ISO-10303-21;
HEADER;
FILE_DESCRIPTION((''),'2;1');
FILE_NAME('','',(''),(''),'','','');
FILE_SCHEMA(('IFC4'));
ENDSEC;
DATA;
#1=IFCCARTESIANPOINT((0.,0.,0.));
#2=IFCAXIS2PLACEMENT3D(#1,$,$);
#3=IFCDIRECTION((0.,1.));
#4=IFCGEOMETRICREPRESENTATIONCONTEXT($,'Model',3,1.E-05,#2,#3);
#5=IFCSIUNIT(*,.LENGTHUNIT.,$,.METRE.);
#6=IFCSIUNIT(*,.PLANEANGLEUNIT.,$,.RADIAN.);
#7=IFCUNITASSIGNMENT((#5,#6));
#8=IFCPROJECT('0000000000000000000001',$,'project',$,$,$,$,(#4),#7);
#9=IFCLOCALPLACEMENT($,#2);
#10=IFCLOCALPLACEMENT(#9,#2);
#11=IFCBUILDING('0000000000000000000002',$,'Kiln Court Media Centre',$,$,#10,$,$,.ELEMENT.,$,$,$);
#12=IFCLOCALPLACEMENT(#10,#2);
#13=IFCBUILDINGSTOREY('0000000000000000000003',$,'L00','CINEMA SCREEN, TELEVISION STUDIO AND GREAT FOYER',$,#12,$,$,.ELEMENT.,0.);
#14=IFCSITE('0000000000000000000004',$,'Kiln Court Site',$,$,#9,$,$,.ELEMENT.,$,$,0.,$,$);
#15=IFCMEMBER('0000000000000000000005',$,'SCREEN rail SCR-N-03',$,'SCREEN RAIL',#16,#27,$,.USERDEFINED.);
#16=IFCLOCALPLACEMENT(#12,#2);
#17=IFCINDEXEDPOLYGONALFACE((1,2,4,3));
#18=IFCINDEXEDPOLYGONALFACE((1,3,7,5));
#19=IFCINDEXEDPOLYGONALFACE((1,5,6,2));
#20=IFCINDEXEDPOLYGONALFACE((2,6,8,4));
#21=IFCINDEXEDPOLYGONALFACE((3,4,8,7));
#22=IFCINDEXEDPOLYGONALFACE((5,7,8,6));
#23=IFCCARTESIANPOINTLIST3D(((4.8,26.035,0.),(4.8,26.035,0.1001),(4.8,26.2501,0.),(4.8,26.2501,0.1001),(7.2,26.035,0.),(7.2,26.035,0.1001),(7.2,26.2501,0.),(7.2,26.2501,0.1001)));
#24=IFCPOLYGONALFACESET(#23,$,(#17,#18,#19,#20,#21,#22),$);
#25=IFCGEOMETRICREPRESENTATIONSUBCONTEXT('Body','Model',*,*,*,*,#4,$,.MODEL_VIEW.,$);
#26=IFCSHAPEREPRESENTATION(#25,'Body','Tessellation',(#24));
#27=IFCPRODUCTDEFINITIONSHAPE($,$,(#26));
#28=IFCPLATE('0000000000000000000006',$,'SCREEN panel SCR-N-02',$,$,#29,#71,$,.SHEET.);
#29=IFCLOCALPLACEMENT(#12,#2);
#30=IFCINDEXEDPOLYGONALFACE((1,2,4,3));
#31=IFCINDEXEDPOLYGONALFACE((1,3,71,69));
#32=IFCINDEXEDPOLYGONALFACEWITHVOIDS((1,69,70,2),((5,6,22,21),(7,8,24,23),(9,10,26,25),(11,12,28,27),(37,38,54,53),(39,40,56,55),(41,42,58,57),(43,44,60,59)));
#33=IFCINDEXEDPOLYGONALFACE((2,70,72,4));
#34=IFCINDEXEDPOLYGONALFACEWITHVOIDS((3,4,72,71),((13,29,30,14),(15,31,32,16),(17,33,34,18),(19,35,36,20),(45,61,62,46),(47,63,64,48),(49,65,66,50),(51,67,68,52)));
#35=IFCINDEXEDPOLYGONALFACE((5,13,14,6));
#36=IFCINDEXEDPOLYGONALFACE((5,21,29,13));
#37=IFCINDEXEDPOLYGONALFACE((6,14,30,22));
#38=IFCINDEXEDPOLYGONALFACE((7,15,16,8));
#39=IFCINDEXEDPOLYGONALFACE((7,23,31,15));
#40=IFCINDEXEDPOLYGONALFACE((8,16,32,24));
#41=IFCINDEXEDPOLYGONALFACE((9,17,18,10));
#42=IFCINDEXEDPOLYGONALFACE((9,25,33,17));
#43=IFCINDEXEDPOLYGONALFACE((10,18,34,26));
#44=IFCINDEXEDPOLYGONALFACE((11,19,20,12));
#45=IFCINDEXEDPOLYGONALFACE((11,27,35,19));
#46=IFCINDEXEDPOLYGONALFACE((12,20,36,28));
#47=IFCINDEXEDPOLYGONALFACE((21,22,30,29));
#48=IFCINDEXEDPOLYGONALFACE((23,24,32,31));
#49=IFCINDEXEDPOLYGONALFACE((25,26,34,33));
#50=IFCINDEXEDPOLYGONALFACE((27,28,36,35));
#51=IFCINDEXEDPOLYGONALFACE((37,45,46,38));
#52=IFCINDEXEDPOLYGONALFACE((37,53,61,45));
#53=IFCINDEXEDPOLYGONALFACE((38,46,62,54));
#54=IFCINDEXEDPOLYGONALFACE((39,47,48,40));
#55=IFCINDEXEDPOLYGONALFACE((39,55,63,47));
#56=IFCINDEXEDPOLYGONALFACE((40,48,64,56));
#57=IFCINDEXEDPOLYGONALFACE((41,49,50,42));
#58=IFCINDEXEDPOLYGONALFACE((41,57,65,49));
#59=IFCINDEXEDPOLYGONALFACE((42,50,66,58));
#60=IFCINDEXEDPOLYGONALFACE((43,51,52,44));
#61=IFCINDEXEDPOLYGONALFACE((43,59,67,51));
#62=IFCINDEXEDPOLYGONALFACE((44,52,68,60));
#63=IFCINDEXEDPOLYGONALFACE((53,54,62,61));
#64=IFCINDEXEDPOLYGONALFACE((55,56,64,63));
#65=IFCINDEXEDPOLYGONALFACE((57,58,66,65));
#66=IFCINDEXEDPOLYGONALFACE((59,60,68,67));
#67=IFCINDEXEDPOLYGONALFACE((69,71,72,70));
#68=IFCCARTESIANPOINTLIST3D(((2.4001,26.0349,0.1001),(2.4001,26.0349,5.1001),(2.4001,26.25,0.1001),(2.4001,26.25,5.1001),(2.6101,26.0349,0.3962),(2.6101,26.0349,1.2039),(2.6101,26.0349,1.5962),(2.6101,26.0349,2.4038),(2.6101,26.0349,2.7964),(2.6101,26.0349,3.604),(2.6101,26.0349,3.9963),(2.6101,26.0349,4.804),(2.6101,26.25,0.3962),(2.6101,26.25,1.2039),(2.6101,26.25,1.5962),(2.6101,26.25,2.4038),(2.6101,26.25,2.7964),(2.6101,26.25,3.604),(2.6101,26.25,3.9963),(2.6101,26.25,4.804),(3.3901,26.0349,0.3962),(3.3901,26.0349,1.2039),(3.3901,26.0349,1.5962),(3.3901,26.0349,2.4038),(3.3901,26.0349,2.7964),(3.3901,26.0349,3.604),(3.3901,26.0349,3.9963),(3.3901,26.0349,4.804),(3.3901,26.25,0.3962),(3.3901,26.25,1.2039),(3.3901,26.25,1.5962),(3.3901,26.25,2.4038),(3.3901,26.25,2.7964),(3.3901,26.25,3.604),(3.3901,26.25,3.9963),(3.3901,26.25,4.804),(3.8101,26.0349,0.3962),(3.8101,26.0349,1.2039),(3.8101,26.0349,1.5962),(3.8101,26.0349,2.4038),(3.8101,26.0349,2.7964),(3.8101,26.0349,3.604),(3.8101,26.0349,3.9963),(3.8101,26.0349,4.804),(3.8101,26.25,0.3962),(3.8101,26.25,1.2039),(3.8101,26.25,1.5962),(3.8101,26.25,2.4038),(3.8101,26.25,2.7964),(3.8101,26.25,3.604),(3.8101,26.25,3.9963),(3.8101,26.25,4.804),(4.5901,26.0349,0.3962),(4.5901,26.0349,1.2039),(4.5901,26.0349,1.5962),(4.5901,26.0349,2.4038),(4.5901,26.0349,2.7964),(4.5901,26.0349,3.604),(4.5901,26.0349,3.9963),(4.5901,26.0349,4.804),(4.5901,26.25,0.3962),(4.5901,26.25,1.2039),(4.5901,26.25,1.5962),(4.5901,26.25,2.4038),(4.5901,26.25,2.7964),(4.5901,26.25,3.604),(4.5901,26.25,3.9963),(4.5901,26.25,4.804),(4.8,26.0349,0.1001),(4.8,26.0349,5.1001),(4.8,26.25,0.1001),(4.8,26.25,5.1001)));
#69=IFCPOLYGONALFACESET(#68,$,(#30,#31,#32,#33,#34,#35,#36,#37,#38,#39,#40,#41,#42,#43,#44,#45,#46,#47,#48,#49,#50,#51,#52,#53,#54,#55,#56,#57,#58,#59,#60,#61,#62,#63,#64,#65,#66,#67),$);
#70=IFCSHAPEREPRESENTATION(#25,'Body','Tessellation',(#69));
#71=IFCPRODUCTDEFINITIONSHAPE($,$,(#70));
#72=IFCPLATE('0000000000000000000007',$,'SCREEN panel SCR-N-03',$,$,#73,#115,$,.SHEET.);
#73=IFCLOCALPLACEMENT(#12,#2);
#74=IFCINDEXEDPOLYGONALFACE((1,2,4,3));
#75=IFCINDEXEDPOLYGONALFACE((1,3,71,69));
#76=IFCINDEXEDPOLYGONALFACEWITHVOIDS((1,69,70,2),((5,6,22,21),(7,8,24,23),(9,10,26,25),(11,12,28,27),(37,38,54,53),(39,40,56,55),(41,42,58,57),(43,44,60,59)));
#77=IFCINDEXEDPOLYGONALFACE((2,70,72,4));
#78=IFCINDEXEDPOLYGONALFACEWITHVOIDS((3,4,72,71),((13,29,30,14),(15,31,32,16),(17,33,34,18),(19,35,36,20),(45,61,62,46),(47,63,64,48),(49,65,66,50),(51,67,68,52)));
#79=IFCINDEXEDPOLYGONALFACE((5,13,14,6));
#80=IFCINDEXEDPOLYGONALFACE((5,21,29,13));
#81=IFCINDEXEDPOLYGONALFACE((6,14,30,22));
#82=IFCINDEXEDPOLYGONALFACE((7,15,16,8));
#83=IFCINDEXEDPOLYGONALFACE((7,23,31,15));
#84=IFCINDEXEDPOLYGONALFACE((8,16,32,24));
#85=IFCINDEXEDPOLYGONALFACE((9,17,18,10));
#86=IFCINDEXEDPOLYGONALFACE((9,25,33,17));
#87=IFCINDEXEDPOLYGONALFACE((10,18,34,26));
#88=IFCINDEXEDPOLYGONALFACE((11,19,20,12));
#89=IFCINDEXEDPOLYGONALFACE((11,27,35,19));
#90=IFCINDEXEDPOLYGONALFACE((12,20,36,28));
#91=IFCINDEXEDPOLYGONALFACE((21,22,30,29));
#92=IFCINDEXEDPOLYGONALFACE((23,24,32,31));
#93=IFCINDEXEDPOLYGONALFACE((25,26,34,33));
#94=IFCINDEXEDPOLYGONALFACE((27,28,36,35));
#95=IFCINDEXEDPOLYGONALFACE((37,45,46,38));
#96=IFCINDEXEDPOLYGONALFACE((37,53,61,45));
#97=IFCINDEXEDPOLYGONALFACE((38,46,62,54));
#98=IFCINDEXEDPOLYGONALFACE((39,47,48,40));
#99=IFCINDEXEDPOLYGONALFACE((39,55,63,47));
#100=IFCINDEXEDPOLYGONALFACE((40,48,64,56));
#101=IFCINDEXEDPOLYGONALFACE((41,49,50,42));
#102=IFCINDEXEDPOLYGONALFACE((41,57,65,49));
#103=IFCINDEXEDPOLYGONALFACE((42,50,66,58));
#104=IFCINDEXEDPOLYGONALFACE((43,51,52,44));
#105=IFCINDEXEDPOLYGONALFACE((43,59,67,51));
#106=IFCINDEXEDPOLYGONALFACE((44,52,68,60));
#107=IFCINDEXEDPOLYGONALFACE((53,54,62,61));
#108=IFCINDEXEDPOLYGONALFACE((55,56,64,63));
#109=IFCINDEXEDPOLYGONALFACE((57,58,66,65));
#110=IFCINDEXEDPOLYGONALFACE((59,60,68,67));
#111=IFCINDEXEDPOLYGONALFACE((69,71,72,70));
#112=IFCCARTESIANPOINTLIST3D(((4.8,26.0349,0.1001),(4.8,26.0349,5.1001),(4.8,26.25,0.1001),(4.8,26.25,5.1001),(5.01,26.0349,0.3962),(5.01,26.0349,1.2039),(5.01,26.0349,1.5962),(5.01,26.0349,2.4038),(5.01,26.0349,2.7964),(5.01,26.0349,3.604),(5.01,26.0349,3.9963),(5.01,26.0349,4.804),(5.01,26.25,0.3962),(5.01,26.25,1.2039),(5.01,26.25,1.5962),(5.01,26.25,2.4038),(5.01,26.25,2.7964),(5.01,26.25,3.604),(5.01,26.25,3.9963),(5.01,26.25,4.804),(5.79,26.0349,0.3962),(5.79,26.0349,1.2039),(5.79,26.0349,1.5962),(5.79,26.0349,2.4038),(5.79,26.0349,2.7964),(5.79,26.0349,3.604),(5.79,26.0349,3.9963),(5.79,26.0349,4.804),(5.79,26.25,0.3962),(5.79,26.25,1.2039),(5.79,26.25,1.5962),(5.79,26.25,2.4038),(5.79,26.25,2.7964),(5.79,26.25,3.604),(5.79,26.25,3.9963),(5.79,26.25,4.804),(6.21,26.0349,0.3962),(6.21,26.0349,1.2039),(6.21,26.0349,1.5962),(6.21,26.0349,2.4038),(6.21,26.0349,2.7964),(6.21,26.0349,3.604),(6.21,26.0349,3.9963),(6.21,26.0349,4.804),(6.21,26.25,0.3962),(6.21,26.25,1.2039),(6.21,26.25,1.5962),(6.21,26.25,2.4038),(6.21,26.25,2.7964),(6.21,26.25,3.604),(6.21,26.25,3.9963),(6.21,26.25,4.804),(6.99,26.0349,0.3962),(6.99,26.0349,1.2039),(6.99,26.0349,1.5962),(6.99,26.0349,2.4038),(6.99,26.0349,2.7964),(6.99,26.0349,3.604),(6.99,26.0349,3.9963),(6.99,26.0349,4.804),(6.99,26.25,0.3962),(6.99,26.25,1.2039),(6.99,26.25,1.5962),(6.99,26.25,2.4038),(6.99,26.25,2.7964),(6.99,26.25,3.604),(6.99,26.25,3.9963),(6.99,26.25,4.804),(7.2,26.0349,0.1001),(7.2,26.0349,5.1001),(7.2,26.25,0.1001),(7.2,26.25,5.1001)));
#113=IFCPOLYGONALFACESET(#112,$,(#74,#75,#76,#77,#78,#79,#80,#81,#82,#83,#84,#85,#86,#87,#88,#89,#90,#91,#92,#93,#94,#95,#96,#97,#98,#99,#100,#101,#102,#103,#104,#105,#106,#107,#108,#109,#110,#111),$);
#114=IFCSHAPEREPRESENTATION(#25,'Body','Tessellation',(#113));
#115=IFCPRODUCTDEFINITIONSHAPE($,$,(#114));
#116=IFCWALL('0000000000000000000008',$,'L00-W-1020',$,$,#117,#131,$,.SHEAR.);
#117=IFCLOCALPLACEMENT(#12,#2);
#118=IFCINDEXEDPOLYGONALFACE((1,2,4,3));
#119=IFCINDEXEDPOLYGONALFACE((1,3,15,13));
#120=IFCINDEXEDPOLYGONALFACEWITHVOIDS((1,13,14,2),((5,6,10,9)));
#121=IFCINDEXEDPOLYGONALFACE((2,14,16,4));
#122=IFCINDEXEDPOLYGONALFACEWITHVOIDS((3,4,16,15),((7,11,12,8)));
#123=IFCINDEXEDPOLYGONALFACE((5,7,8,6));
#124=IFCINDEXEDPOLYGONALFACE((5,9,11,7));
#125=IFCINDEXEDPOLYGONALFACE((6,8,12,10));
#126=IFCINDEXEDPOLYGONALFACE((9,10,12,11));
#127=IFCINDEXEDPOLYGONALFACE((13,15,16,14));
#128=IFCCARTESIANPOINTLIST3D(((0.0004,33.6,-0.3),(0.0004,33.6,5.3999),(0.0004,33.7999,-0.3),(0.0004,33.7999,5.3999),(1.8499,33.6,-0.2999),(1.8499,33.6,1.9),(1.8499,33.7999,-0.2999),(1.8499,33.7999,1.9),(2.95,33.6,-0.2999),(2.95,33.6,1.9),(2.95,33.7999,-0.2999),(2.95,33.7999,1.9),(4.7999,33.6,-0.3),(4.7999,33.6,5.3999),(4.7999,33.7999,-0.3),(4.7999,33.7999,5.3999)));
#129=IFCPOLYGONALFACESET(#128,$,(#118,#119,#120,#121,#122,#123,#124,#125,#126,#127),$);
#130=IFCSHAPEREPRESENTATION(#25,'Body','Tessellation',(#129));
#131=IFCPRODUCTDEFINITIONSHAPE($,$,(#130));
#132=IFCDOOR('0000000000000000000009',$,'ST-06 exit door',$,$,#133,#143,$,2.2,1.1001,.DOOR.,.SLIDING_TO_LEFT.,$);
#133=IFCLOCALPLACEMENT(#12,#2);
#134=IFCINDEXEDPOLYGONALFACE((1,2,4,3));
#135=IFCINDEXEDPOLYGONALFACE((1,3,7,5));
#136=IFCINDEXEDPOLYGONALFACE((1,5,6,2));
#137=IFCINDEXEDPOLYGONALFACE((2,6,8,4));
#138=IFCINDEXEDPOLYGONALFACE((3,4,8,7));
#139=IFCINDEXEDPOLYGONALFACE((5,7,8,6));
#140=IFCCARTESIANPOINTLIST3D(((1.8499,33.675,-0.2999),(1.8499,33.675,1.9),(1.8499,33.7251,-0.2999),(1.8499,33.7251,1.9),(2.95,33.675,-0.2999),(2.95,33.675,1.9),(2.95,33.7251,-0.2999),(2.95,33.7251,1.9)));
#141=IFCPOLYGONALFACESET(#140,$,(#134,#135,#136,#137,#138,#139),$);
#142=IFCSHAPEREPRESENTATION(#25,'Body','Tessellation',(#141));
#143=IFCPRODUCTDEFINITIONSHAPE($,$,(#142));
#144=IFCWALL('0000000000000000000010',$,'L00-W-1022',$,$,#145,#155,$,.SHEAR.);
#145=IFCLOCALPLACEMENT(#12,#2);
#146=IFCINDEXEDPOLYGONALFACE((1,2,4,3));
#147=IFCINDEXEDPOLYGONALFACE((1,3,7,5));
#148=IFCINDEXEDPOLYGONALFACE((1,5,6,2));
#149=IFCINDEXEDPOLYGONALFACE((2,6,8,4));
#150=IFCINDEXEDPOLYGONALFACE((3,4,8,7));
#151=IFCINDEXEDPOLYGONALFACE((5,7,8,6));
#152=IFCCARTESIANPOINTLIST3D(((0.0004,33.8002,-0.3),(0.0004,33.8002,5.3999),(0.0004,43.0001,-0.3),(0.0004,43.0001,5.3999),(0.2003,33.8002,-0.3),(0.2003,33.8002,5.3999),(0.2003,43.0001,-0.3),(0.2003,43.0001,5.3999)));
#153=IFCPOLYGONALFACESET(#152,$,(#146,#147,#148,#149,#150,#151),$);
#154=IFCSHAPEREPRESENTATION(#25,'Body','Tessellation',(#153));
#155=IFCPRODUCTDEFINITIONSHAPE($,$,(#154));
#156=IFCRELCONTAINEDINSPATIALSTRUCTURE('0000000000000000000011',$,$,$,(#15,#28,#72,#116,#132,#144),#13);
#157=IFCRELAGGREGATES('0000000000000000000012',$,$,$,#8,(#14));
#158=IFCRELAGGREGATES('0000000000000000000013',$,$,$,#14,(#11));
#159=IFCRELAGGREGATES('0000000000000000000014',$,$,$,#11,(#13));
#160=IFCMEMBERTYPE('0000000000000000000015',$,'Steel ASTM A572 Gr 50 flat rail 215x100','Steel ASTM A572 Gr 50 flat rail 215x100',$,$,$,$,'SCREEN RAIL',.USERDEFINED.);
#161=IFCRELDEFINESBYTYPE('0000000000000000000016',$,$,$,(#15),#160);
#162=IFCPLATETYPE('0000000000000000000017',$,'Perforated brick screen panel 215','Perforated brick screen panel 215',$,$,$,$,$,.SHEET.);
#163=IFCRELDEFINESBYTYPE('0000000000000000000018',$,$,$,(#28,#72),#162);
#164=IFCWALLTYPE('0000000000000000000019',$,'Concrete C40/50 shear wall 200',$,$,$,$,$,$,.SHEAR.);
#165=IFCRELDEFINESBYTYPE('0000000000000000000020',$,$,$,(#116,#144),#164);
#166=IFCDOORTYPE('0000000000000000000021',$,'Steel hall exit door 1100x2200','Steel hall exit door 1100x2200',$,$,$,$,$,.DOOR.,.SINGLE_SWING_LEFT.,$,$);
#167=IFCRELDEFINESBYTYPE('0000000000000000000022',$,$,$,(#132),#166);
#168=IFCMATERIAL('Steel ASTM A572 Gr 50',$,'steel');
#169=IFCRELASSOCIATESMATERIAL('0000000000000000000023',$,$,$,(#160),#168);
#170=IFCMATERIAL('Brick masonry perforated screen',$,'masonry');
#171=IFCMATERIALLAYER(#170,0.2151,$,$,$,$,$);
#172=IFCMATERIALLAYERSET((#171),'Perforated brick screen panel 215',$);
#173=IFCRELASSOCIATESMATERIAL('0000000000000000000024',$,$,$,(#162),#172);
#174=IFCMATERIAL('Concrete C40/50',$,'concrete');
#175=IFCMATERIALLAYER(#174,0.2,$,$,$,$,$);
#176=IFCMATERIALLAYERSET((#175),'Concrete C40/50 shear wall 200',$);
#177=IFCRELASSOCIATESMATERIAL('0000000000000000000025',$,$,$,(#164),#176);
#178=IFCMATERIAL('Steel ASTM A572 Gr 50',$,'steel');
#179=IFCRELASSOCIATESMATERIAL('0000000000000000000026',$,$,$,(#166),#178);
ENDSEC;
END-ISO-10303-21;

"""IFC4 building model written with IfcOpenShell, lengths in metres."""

from ifc_helpers import new_model, si_unit, direction, frame, frame_2d, origin, origin_2d, place, context, subcontext, project, spatial, polyline, rectangle, outline, extrude, material, layer, layer_set, material_profile, profile_set, type_object, element, fill, save


model = new_model("IFC4")

# Units and contexts
model_context = context("Model", 3, precision=1e-05, world=origin(), true_north=direction((0.0, 1.0)))
body_context = subcontext(model_context, "Body", "Model", "MODEL_VIEW")
ifc_project = project(units=[si_unit("LENGTHUNIT", "METRE"), si_unit("PLANEANGLEUNIT", "RADIAN")], contexts=[model_context])

# Site, building, storey
site_placement = place(None, origin())
site = spatial("IfcSite", under=ifc_project, at=site_placement, Name="Kiln Court Site", CompositionType="ELEMENT", RefElevation=0.0)
building_placement = place(site_placement, origin())
building = spatial("IfcBuilding", under=site, at=building_placement, Name="Kiln Court Media Centre", CompositionType="ELEMENT")
storey_placement = place(building_placement, origin())
storey = spatial("IfcBuildingStorey", under=building, at=storey_placement, Name="L00", Description="CINEMA SCREEN, TELEVISION STUDIO AND GREAT FOYER", CompositionType="ELEMENT", Elevation=0.0)

# Member
ifc_material_1 = material(Name="Steel ASTM A572 Gr 50", Category="steel")
ifc_material_profile_1 = material_profile(ifc_material_1, rectangle(XDim=0.2151, YDim=0.1001, at=origin_2d()), Name="Steel ASTM A572 Gr 50 flat rail 215x100")
ifc_profile_set_1 = profile_set([ifc_material_profile_1], Name="Steel ASTM A572 Gr 50")
member_type = type_object("IfcMemberType", Name="Steel ASTM A572 Gr 50 flat rail 215x100", Description="Steel ASTM A572 Gr 50 flat rail 215x100", ElementType="SCREEN RAIL", PredefinedType="USERDEFINED", material=ifc_profile_set_1)
member_1_placement = place(storey_placement, frame((4.8, 26.1426, 0.05), z_axis=(1.0, 0.0, 0.0), x_axis=(0.0, 1.0, 0.0)))
element("IfcMember", 1, at=member_1_placement, inside=storey, type_object=member_type, Name="SCREEN rail SCR-N-03", ObjectType="SCREEN RAIL", PredefinedType="USERDEFINED", context=body_context, shape_type="SweptSolid", body=[
    extrude(rectangle(XDim=0.2151, YDim=0.1001, at=origin_2d()), origin(), (0.0, 0.0, 1.0), 2.3999),
])

# Plates
ifc_material_2 = material(Name="Brick masonry perforated screen", Category="masonry")
ifc_layer_1 = layer(ifc_material_2, 0.2151)
ifc_layer_set_1 = layer_set([ifc_layer_1], Name="Perforated brick screen panel 215")
plate_type = type_object("IfcPlateType", Name="Perforated brick screen panel 215", Description="Perforated brick screen panel 215", PredefinedType="SHEET", material=ifc_layer_set_1)
for number, where, z_axis, x_axis, name in (
    (2, (3.6001, 26.25, 0.1001), (0.0, -1.0, 0.0), (1.0, 0.0, 0.0), "SCREEN panel SCR-N-02"),
    (3, (6.0, 26.25, 0.1001), (0.0, -1.0, 0.0), (1.0, 0.0, 0.0), "SCREEN panel SCR-N-03"),
):
    element("IfcPlate", number, at=place(storey_placement, frame(where, z_axis=z_axis, x_axis=x_axis)), inside=storey, type_object=plate_type, Name=name, PredefinedType="SHEET", context=body_context, shape_type="SweptSolid", body=[
        extrude(outline(polyline([(-1.2, 0.0), (1.2, 0.0), (1.2, 5.0), (-1.2, 5.0), (-1.2, 0.0)]), holes=[polyline([(-0.99, 0.2961), (-0.21, 0.2961), (-0.21, 1.1038), (-0.99, 1.1038), (-0.99, 0.2961)]), polyline([(-0.99, 1.4961), (-0.21, 1.4961), (-0.21, 2.3037), (-0.99, 2.3037), (-0.99, 1.4961)]), polyline([(-0.99, 2.6963), (-0.21, 2.6963), (-0.21, 3.5039), (-0.99, 3.5039), (-0.99, 2.6963)]), polyline([(-0.99, 3.8962), (-0.21, 3.8962), (-0.21, 4.7039), (-0.99, 4.7039), (-0.99, 3.8962)]), polyline([(0.21, 0.2961), (0.99, 0.2961), (0.99, 1.1038), (0.21, 1.1038), (0.21, 0.2961)]), polyline([(0.21, 1.4961), (0.99, 1.4961), (0.99, 2.3037), (0.21, 2.3037), (0.21, 1.4961)]), polyline([(0.21, 2.6963), (0.99, 2.6963), (0.99, 3.5039), (0.21, 3.5039), (0.21, 2.6963)]), polyline([(0.21, 3.8962), (0.99, 3.8962), (0.99, 4.7039), (0.21, 4.7039), (0.21, 3.8962)])]), origin(), (0.0, 0.0, 1.0), 0.2151),
    ])

# Wall, opening, door
ifc_material_3 = material(Name="Concrete C40/50", Category="concrete")
ifc_layer_2 = layer(ifc_material_3, 0.2)
ifc_layer_set_2 = layer_set([ifc_layer_2], Name="Concrete C40/50 shear wall 200")
wall_type = type_object("IfcWallType", Name="Concrete C40/50 shear wall 200", PredefinedType="SHEAR", material=ifc_layer_set_2)
wall_1_placement = place(storey_placement, frame((4.8, 33.7, -0.3), z_axis=(0.0, 0.0, 1.0), x_axis=(-1.0, 0.0, 0.0)))
wall_1 = element("IfcWall", 4, at=wall_1_placement, inside=storey, type_object=wall_type, Name="L00-W-1020", PredefinedType="SHEAR", context=body_context, shape_type="SweptSolid", body=[
    extrude(rectangle(XDim=4.7996, YDim=0.2, at=frame_2d((2.3999, 0.0))), origin(), (0.0, 0.0, 1.0), 5.7),
])
opening_placement = place(wall_1_placement, frame((1.8501, 0.0, 0.0)))
opening = element("IfcOpeningElement", 5, at=opening_placement, cuts=wall_1, PredefinedType="OPENING", context=body_context, shape_type="SweptSolid", body=[
    extrude(rectangle(XDim=1.1001, YDim=2.2, at=frame_2d((0.55, 1.1001))), frame((0.0, 0.1099, 0.0), z_axis=(0.0, -1.0, 0.0), x_axis=(1.0, 0.0, 0.0)), (0.0, 0.0, 1.0), 0.22),
])
ifc_material_4 = material(Name="Steel ASTM A572 Gr 50", Category="steel")
door_type = type_object("IfcDoorType", Name="Steel hall exit door 1100x2200", Description="Steel hall exit door 1100x2200", OperationType="SINGLE_SWING_LEFT", PredefinedType="DOOR", material=ifc_material_4)
door_placement = place(opening_placement, origin())
door = element("IfcDoor", 6, at=door_placement, inside=storey, type_object=door_type, Name="ST-06 exit door", OperationType="SLIDING_TO_LEFT", OverallHeight=2.2, OverallWidth=1.1001, PredefinedType="DOOR", context=body_context, shape_type="SweptSolid", body=[
    extrude(rectangle(XDim=1.1001, YDim=2.2, at=frame_2d((0.55, 1.1001))), frame((0.0, 0.0249, 0.0), z_axis=(0.0, -1.0, 0.0), x_axis=(1.0, 0.0, 0.0)), (0.0, 0.0, 1.0), 0.05),
])
fill(opening, door)

# Wall
wall_2_placement = place(storey_placement, frame((0.1003, 33.8, -0.3), z_axis=(0.0, 0.0, 1.0), x_axis=(0.0, 1.0, 0.0)))
element("IfcWall", 7, at=wall_2_placement, inside=storey, type_object=wall_type, Name="L00-W-1022", PredefinedType="SHEAR", context=body_context, shape_type="SweptSolid", body=[
    extrude(rectangle(XDim=9.2, YDim=0.2, at=frame_2d((4.6001, 0.0))), origin(), (0.0, 0.0, 1.0), 5.7),
])

save(model, "model.ifc")
